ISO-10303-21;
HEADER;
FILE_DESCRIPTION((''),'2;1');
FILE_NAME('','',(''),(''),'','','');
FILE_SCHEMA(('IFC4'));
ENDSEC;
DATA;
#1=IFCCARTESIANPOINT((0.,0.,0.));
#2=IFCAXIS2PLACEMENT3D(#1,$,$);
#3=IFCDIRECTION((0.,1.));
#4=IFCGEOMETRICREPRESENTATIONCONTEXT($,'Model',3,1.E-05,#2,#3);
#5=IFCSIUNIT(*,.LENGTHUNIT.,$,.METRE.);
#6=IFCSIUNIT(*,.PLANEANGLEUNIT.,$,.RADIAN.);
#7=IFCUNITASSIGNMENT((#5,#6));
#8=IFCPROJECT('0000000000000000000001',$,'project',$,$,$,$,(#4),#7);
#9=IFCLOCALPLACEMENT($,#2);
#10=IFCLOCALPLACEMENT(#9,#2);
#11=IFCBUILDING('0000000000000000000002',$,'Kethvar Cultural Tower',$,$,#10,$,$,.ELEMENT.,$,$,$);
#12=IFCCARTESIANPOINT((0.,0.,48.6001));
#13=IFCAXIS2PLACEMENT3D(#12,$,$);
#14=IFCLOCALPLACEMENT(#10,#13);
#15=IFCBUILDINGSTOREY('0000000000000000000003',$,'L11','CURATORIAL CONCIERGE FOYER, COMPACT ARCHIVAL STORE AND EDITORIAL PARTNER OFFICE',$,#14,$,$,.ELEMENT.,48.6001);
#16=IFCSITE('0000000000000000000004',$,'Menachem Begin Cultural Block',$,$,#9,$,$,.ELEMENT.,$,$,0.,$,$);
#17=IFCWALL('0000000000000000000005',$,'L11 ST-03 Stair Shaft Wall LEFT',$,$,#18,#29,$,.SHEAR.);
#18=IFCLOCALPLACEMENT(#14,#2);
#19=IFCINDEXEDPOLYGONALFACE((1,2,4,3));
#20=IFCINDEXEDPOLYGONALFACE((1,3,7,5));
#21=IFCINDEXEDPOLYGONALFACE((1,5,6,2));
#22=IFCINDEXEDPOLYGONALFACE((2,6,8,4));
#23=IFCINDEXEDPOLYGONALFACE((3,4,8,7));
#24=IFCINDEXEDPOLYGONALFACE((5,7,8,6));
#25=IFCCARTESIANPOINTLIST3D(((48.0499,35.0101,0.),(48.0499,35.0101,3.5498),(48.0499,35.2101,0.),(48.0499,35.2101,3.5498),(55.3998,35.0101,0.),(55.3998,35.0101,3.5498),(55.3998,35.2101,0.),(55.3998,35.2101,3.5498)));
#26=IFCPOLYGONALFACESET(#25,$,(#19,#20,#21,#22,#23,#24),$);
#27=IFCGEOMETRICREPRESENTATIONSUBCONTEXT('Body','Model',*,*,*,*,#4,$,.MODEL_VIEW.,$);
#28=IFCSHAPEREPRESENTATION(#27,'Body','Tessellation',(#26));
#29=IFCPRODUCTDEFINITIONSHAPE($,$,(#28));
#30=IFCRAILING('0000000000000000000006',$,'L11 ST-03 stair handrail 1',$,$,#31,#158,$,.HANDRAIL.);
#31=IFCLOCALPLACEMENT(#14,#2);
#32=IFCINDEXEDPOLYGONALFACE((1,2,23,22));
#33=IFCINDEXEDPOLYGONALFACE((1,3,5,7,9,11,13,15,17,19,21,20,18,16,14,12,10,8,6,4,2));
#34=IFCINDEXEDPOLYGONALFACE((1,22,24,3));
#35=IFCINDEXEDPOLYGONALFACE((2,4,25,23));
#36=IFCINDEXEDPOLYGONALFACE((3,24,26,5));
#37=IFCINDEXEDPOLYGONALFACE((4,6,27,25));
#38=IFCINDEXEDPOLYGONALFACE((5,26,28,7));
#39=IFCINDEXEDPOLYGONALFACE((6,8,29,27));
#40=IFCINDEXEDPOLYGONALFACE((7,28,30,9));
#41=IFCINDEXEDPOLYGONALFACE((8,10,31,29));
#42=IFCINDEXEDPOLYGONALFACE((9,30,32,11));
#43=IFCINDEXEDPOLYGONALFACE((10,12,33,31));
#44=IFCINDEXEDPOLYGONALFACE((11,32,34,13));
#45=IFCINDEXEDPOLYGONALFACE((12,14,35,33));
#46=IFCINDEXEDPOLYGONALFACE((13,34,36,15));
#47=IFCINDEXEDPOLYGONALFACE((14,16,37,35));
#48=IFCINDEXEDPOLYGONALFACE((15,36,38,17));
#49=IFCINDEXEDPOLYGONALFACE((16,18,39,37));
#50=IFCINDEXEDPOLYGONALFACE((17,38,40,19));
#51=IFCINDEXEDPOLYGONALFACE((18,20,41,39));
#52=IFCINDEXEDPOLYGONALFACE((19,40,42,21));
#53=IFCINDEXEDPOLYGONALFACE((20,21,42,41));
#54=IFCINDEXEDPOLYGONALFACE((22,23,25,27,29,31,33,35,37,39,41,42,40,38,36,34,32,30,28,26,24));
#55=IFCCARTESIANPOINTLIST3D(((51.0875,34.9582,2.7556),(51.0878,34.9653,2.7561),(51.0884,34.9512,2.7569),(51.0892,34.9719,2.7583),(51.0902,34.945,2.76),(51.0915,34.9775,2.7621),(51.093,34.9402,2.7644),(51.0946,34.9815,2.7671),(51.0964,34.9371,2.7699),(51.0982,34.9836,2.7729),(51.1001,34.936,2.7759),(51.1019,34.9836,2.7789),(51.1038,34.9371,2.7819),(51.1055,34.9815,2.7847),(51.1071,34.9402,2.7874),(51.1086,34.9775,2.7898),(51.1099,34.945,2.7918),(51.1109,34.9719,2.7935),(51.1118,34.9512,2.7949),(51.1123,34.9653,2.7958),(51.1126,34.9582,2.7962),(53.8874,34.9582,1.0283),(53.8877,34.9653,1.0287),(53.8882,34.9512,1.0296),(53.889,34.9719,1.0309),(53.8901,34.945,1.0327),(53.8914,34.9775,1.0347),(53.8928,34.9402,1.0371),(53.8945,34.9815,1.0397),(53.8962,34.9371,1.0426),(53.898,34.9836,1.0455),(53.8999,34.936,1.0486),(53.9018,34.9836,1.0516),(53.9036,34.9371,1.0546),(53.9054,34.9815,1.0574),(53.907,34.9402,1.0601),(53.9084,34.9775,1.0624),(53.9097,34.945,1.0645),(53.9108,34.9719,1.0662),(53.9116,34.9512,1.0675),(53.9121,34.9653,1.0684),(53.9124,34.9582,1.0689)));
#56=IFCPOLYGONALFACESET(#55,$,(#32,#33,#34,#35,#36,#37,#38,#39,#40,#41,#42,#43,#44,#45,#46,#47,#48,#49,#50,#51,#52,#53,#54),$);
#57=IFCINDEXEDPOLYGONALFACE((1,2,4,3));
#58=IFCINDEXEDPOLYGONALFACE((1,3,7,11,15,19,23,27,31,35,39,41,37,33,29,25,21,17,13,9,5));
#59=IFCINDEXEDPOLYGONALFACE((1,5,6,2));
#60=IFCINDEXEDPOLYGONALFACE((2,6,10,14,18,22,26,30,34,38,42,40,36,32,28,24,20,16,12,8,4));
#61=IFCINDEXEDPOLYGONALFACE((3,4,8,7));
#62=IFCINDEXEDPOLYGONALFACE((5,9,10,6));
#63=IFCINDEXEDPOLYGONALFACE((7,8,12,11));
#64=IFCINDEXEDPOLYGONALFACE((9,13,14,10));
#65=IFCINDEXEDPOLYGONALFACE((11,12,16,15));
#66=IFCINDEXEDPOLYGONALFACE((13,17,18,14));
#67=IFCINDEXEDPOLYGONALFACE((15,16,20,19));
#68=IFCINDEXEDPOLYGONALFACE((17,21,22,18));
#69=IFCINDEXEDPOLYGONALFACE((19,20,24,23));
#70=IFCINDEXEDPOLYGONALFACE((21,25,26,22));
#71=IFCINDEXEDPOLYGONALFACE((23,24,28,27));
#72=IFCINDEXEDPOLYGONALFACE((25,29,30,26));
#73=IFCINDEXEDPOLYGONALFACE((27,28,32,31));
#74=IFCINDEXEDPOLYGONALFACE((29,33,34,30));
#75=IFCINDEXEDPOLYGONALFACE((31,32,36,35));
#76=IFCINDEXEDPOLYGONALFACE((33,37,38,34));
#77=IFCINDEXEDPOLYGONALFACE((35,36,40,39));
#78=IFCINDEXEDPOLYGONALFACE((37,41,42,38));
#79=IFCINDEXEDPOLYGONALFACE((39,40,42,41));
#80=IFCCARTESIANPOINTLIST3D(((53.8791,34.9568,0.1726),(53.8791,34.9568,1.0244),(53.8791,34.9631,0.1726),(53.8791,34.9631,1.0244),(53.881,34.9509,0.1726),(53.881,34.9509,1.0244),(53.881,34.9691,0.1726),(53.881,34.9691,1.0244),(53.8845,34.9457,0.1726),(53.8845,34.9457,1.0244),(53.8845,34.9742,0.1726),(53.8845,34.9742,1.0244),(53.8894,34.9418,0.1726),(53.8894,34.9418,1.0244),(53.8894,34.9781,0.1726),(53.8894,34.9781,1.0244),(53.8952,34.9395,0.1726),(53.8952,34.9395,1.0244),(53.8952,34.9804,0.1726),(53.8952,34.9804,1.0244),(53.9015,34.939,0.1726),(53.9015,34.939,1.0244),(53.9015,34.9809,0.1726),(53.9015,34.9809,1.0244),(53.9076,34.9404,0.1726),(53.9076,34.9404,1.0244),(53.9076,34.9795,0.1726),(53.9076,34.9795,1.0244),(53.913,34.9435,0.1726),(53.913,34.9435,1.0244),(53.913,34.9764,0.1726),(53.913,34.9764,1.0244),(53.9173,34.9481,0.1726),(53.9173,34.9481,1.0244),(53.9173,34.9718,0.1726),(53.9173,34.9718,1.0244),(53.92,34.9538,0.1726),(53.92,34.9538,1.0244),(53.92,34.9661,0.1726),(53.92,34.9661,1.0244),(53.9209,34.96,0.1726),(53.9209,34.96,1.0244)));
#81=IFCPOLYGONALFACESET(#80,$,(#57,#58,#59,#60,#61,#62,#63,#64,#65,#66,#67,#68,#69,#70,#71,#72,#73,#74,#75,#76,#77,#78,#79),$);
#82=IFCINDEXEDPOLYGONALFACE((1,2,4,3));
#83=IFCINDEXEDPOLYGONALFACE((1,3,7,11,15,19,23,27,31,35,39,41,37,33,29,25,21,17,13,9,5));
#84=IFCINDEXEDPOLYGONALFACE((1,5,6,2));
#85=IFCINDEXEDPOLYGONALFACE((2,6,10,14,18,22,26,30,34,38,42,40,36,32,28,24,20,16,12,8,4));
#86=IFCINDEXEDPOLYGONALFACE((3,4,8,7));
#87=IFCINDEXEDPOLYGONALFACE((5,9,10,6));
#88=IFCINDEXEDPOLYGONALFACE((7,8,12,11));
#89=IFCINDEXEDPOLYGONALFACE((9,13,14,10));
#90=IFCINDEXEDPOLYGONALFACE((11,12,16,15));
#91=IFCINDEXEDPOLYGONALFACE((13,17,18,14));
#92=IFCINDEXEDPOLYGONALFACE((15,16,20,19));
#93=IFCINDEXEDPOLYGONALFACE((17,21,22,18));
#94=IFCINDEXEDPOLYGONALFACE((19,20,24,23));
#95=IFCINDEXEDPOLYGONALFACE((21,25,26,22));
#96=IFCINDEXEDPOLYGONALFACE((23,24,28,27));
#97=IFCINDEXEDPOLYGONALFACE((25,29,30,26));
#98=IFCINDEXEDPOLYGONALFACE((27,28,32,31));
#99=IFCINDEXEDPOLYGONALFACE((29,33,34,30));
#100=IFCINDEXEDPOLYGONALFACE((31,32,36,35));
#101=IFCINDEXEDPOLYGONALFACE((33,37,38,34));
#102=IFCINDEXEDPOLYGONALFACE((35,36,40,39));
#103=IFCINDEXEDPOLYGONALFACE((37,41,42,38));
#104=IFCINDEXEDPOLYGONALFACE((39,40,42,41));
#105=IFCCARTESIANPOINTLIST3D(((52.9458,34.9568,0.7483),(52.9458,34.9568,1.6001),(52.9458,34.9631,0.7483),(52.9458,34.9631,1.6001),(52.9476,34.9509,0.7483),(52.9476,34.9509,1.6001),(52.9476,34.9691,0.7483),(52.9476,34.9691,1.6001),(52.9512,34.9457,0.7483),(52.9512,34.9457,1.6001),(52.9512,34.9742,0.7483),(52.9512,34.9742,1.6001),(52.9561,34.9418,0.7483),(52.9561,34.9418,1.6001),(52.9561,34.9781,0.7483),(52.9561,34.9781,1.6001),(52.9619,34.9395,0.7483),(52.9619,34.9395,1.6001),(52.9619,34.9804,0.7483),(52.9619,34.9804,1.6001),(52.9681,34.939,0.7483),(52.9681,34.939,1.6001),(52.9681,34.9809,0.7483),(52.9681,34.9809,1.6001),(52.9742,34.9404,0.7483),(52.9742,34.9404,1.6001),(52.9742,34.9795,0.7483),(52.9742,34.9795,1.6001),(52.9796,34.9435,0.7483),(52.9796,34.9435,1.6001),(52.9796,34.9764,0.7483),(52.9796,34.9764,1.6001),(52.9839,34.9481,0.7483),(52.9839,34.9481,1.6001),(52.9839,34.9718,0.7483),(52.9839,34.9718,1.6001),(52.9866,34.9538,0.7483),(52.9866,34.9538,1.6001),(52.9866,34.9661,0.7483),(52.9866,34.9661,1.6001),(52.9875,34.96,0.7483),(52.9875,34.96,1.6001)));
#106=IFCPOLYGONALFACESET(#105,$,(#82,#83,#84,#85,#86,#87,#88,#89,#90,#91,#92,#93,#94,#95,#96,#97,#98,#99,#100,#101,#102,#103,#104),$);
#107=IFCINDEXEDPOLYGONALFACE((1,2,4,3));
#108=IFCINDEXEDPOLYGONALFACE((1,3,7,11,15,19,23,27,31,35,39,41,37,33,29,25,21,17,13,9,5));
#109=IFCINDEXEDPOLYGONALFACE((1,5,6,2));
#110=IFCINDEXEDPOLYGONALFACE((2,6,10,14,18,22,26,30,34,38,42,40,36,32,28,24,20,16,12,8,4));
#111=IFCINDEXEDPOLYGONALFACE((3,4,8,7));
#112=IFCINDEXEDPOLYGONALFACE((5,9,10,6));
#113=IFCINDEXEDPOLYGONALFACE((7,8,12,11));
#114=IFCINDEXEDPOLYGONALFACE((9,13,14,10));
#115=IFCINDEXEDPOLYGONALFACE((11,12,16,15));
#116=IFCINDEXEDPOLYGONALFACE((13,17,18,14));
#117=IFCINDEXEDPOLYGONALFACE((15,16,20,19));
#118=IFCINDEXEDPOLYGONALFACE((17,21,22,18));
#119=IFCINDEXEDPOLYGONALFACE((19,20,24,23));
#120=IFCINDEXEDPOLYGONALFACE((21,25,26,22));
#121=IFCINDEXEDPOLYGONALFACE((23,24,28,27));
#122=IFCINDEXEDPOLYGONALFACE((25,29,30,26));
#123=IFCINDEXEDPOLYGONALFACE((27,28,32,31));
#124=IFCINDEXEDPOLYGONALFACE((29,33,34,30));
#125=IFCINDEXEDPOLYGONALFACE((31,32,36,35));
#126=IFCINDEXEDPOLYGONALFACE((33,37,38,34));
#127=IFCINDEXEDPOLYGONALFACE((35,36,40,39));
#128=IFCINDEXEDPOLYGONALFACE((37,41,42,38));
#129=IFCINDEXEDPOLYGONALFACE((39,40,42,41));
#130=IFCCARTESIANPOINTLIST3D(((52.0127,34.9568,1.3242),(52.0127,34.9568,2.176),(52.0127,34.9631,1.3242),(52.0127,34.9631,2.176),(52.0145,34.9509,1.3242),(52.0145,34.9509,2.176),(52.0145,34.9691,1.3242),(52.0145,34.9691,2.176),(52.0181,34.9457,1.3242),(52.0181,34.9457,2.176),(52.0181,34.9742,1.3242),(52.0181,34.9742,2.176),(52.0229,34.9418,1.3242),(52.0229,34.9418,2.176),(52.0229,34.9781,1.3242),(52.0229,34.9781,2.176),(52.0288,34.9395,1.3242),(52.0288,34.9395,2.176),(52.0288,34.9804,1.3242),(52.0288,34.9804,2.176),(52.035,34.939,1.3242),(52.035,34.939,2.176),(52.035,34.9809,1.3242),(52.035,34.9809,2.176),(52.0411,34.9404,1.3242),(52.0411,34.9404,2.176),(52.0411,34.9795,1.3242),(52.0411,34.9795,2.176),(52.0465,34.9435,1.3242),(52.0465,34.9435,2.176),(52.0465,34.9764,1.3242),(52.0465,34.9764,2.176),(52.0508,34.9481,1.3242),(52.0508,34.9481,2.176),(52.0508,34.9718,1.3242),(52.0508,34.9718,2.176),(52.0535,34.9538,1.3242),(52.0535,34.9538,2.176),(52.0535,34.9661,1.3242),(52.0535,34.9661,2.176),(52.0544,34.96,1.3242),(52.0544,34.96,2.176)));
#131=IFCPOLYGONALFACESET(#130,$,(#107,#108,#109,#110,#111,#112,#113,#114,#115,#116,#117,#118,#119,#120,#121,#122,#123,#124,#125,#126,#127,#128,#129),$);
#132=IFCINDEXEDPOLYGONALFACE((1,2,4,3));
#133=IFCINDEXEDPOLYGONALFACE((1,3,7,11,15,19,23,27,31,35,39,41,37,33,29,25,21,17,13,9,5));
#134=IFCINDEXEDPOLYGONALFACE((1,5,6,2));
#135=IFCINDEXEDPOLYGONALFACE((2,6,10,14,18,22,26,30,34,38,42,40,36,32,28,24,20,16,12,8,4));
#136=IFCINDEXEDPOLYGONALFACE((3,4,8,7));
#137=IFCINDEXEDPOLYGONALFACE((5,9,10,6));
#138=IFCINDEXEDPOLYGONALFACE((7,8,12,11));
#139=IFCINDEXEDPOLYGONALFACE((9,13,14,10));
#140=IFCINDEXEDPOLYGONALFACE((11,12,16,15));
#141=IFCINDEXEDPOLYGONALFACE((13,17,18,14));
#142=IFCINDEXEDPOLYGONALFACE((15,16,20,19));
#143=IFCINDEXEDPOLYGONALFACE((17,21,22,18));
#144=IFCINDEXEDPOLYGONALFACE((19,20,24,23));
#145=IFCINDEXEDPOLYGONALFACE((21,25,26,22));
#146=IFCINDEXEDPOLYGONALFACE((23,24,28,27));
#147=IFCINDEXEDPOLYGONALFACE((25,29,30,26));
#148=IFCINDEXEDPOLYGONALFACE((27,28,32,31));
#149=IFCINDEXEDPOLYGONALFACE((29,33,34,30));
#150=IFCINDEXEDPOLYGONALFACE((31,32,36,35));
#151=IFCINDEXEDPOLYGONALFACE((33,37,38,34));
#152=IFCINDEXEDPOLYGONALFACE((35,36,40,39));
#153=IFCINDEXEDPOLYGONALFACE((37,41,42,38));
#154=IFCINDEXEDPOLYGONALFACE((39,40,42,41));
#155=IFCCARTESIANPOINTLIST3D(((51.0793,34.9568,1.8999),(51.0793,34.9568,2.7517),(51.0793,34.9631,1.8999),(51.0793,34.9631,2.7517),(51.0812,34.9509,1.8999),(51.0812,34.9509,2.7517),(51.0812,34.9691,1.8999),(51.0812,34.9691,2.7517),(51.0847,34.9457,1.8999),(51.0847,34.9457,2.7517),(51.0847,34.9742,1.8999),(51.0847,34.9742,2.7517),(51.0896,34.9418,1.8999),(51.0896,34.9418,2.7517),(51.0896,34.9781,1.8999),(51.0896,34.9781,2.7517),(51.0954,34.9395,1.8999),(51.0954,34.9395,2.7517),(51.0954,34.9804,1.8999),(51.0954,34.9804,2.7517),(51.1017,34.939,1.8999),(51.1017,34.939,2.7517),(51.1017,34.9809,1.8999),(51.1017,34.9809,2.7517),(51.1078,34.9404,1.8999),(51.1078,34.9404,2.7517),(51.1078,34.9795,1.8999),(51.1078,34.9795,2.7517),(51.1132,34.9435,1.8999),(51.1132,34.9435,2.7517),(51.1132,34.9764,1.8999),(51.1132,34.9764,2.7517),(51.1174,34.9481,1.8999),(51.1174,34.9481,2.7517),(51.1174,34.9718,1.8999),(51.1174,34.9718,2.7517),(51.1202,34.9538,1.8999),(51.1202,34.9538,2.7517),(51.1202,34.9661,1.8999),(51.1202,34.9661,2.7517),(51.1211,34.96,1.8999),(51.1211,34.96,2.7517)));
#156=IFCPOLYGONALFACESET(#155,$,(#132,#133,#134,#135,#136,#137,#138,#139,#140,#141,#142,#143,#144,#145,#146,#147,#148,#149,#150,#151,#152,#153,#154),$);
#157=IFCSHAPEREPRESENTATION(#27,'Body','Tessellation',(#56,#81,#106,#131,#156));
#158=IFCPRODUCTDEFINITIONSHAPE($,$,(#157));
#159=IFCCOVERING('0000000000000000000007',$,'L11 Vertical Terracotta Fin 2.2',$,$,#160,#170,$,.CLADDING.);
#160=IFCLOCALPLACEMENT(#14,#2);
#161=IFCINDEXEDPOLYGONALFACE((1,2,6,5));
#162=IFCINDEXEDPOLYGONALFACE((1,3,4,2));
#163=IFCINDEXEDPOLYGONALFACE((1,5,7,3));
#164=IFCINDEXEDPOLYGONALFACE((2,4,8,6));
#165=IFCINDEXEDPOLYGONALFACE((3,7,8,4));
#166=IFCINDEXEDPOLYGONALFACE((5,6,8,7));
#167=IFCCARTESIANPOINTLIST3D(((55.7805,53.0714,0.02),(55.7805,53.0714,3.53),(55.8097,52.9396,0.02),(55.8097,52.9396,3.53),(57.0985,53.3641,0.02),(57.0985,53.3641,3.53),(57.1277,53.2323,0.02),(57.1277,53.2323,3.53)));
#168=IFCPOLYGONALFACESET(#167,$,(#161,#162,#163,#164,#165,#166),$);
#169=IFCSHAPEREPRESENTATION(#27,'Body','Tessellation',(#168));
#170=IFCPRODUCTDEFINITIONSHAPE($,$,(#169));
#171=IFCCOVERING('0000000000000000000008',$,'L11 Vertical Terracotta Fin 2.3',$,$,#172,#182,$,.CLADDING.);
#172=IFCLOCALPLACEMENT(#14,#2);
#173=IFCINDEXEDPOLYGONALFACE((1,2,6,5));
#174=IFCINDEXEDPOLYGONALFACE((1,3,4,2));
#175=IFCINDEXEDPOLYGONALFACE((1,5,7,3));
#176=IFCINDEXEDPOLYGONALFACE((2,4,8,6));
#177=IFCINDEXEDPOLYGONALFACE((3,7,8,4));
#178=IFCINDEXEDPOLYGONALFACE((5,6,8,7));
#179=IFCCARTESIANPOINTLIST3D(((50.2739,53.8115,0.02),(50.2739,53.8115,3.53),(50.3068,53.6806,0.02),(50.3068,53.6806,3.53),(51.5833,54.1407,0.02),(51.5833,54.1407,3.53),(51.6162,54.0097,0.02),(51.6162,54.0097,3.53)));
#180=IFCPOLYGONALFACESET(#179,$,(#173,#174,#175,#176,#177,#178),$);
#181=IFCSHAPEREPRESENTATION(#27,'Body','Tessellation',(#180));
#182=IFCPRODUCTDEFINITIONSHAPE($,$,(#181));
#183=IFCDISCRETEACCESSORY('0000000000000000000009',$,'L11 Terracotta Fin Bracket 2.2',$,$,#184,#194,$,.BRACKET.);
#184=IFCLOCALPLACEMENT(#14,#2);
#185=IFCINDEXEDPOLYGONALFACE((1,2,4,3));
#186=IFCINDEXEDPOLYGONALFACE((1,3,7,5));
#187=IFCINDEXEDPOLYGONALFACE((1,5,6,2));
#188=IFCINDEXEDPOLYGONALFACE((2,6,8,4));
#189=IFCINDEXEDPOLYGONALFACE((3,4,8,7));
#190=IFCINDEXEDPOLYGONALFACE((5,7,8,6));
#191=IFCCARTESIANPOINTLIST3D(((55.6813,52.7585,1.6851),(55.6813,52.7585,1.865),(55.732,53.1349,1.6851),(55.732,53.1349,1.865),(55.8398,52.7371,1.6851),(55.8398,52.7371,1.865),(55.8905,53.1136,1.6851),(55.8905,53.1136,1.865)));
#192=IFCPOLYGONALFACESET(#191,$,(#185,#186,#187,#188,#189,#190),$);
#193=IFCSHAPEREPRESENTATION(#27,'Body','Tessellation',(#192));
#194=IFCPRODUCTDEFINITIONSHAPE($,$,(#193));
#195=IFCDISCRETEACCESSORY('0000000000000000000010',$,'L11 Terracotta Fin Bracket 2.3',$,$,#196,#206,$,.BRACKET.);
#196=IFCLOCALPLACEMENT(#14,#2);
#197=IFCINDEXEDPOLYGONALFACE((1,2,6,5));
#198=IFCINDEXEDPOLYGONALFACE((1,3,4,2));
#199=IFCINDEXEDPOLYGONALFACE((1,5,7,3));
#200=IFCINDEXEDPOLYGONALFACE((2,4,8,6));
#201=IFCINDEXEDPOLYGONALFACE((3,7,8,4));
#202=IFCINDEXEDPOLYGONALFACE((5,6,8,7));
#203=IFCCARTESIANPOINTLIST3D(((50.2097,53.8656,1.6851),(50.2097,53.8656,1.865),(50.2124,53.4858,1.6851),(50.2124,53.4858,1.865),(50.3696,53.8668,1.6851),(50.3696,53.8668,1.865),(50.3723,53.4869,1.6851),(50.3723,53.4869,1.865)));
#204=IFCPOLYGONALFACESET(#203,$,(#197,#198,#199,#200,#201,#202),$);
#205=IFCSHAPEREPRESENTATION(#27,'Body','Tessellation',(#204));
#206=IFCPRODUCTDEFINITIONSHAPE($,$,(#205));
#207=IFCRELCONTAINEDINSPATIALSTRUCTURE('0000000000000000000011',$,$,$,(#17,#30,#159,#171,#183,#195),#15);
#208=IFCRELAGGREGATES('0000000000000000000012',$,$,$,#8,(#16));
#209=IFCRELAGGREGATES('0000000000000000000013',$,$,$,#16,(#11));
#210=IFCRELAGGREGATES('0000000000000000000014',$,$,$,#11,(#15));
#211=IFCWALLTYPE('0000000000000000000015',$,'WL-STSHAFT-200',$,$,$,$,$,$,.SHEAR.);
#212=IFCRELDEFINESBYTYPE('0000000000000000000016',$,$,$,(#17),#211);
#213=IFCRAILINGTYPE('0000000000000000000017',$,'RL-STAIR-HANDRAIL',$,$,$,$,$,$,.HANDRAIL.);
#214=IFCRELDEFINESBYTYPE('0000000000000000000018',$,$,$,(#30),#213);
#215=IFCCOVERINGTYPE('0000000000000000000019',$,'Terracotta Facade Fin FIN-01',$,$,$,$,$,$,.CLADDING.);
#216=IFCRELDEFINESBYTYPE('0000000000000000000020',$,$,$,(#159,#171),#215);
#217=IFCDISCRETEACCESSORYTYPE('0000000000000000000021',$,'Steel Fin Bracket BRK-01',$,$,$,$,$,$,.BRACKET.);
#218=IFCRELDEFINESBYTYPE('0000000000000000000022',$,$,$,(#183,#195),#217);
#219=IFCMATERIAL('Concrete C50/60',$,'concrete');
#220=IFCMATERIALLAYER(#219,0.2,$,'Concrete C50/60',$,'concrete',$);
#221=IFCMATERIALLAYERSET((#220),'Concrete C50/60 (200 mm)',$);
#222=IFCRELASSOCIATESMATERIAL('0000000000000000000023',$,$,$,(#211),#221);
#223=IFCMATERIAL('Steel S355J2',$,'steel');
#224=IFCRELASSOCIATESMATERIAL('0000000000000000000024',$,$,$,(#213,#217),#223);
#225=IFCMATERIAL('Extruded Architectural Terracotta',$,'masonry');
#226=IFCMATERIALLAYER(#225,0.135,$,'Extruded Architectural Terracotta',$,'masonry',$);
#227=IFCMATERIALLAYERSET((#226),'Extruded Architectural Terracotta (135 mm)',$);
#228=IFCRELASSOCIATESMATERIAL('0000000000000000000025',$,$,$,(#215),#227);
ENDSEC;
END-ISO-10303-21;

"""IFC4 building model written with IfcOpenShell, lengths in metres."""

from ifc_helpers import new_model, si_unit, direction, frame, frame_2d, origin, origin_2d, place, context, subcontext, project, spatial, rectangle, circle, extrude, source, transform, mapped, material, layer, layer_set, type_object, element, save


model = new_model("IFC4")

# Units and contexts
model_context = context("Model", 3, precision=1e-05, world=origin(), true_north=direction((0.0, 1.0)))
body_context = subcontext(model_context, "Body", "Model", "MODEL_VIEW")
ifc_project = project(units=[si_unit("LENGTHUNIT", "METRE"), si_unit("PLANEANGLEUNIT", "RADIAN")], contexts=[model_context])

# Site, building, storey
site_placement = place(None, origin())
site = spatial("IfcSite", under=ifc_project, at=site_placement, Name="Menachem Begin Cultural Block", CompositionType="ELEMENT", RefElevation=0.0)
building_placement = place(site_placement, origin())
building = spatial("IfcBuilding", under=site, at=building_placement, Name="Kethvar Cultural Tower", CompositionType="ELEMENT")
storey_placement = place(building_placement, frame((0.0, 0.0, 48.6001)))
storey = spatial("IfcBuildingStorey", under=building, at=storey_placement, Name="L11", Description="CURATORIAL CONCIERGE FOYER, COMPACT ARCHIVAL STORE AND EDITORIAL PARTNER OFFICE", CompositionType="ELEMENT", Elevation=48.6001)

# Shared definitions
ifc_material_1 = material(Name="Steel S355J2", Category="steel")

# Wall
ifc_material_2 = material(Name="Concrete C50/60", Category="concrete")
ifc_layer_1 = layer(ifc_material_2, 0.2, Name="Concrete C50/60", Category="concrete")
ifc_layer_set_1 = layer_set([ifc_layer_1], Name="Concrete C50/60 (200 mm)")
wall_type_1 = type_object("IfcWallType", Name="WL-STSHAFT-200", PredefinedType="SHEAR", material=ifc_layer_set_1)
wall_1_placement = place(storey_placement, frame((48.05, 35.1101, 0.0), z_axis=(0.0, 0.0, 1.0), x_axis=(1.0, 0.0, 0.0)))
element("IfcWall", 1, at=wall_1_placement, inside=storey, type_object=wall_type_1, Name="L11 ST-03 Stair Shaft Wall LEFT", PredefinedType="SHEAR", context=body_context, shape_type="SweptSolid", body=[
    extrude(rectangle(XDim=7.3499, YDim=0.2, at=frame_2d((3.6748, 0.0))), origin(), (0.0, 0.0, 1.0), 3.5498),
])

# Railing
railing_type = type_object("IfcRailingType", Name="RL-STAIR-HANDRAIL", PredefinedType="HANDRAIL", material=ifc_material_1)
railing_placement = place(storey_placement, frame((53.8999, 34.96, 0.1726)))
element("IfcRailing", 2, at=railing_placement, inside=storey, type_object=railing_type, Name="L11 ST-03 stair handrail 1", PredefinedType="HANDRAIL", context=body_context, shape_type="SweptSolid", body=[
    extrude(circle(Radius=0.0239, at=origin_2d()), frame((0.0, 0.0, 0.876), z_axis=(-0.851069, 0.0, 0.525054), x_axis=(0.0, -1.0, 0.0)), (0.0, 0.0, 1.0), 3.2898),
    extrude(circle(Radius=0.021, at=origin_2d()), origin(), (0.0, 0.0, 1.0), 0.8518),
    extrude(circle(Radius=0.021, at=origin_2d()), frame((-0.9333, 0.0, 0.5757)), (0.0, 0.0, 1.0), 0.8518),
    extrude(circle(Radius=0.021, at=origin_2d()), frame((-1.8665, 0.0, 1.1516)), (0.0, 0.0, 1.0), 0.8518),
    extrude(circle(Radius=0.021, at=origin_2d()), frame((-2.7998, 0.0, 1.7273)), (0.0, 0.0, 1.0), 0.8518),
])

# Coverings
ifc_material_3 = material(Name="Extruded Architectural Terracotta", Category="masonry")
ifc_layer_2 = layer(ifc_material_3, 0.135, Name="Extruded Architectural Terracotta", Category="masonry")
ifc_layer_set_2 = layer_set([ifc_layer_2], Name="Extruded Architectural Terracotta (135 mm)")
covering_type = type_object("IfcCoveringType", Name="Terracotta Facade Fin FIN-01", PredefinedType="CLADDING", material=ifc_layer_set_2)
shared_shape_1 = source(origin(), body_context, "Body", "SweptSolid", [
    extrude(rectangle(XDim=1.3501, YDim=0.135, at=origin_2d()), origin(), (0.0, 0.0, 1.0), 3.51),
])
for number, where, z_axis, x_axis, name in (
    (3, (56.4541, 53.1519, 0.02), (0.0, 0.0, 1.0), (0.97622, 0.21678, 0.0), "L11 Vertical Terracotta Fin 2.2"),
    (4, (50.9451, 53.9106, 0.02), (0.0, 0.0, 1.0), (0.969829, 0.243784, 0.0), "L11 Vertical Terracotta Fin 2.3"),
):
    element("IfcCovering", number, at=place(storey_placement, frame(where, z_axis=z_axis, x_axis=x_axis)), inside=storey, type_object=covering_type, Name=name, PredefinedType="CLADDING", context=body_context, shape_type="MappedRepresentation", body=[
        mapped(shared_shape_1, transform((0.0, 0.0, 0.0), scale=1.0)),
    ])

# Discrete accessories
discrete_accessory_type = type_object("IfcDiscreteAccessoryType", Name="Steel Fin Bracket BRK-01", PredefinedType="BRACKET", material=ifc_material_1)
shared_shape_2 = source(origin(), body_context, "Body", "SweptSolid", [
    extrude(rectangle(XDim=0.3799, YDim=0.1599, at=origin_2d()), origin(), (0.0, 0.0, 1.0), 0.1799),
])
for number, where, z_axis, x_axis, name in (
    (5, (55.7859, 52.936, 1.6851), (0.0, 0.0, 1.0), (0.133467, 0.991053, 0.0), "L11 Terracotta Fin Bracket 2.2"),
    (6, (50.291, 53.6763, 1.6851), (0.0, 0.0, 1.0), (-0.007156, 0.999974, 0.0), "L11 Terracotta Fin Bracket 2.3"),
):
    element("IfcDiscreteAccessory", number, at=place(storey_placement, frame(where, z_axis=z_axis, x_axis=x_axis)), inside=storey, type_object=discrete_accessory_type, Name=name, PredefinedType="BRACKET", context=body_context, shape_type="MappedRepresentation", body=[
        mapped(shared_shape_2, transform((0.0, 0.0, 0.0), scale=1.0)),
    ])

save(model, "model.ifc")
